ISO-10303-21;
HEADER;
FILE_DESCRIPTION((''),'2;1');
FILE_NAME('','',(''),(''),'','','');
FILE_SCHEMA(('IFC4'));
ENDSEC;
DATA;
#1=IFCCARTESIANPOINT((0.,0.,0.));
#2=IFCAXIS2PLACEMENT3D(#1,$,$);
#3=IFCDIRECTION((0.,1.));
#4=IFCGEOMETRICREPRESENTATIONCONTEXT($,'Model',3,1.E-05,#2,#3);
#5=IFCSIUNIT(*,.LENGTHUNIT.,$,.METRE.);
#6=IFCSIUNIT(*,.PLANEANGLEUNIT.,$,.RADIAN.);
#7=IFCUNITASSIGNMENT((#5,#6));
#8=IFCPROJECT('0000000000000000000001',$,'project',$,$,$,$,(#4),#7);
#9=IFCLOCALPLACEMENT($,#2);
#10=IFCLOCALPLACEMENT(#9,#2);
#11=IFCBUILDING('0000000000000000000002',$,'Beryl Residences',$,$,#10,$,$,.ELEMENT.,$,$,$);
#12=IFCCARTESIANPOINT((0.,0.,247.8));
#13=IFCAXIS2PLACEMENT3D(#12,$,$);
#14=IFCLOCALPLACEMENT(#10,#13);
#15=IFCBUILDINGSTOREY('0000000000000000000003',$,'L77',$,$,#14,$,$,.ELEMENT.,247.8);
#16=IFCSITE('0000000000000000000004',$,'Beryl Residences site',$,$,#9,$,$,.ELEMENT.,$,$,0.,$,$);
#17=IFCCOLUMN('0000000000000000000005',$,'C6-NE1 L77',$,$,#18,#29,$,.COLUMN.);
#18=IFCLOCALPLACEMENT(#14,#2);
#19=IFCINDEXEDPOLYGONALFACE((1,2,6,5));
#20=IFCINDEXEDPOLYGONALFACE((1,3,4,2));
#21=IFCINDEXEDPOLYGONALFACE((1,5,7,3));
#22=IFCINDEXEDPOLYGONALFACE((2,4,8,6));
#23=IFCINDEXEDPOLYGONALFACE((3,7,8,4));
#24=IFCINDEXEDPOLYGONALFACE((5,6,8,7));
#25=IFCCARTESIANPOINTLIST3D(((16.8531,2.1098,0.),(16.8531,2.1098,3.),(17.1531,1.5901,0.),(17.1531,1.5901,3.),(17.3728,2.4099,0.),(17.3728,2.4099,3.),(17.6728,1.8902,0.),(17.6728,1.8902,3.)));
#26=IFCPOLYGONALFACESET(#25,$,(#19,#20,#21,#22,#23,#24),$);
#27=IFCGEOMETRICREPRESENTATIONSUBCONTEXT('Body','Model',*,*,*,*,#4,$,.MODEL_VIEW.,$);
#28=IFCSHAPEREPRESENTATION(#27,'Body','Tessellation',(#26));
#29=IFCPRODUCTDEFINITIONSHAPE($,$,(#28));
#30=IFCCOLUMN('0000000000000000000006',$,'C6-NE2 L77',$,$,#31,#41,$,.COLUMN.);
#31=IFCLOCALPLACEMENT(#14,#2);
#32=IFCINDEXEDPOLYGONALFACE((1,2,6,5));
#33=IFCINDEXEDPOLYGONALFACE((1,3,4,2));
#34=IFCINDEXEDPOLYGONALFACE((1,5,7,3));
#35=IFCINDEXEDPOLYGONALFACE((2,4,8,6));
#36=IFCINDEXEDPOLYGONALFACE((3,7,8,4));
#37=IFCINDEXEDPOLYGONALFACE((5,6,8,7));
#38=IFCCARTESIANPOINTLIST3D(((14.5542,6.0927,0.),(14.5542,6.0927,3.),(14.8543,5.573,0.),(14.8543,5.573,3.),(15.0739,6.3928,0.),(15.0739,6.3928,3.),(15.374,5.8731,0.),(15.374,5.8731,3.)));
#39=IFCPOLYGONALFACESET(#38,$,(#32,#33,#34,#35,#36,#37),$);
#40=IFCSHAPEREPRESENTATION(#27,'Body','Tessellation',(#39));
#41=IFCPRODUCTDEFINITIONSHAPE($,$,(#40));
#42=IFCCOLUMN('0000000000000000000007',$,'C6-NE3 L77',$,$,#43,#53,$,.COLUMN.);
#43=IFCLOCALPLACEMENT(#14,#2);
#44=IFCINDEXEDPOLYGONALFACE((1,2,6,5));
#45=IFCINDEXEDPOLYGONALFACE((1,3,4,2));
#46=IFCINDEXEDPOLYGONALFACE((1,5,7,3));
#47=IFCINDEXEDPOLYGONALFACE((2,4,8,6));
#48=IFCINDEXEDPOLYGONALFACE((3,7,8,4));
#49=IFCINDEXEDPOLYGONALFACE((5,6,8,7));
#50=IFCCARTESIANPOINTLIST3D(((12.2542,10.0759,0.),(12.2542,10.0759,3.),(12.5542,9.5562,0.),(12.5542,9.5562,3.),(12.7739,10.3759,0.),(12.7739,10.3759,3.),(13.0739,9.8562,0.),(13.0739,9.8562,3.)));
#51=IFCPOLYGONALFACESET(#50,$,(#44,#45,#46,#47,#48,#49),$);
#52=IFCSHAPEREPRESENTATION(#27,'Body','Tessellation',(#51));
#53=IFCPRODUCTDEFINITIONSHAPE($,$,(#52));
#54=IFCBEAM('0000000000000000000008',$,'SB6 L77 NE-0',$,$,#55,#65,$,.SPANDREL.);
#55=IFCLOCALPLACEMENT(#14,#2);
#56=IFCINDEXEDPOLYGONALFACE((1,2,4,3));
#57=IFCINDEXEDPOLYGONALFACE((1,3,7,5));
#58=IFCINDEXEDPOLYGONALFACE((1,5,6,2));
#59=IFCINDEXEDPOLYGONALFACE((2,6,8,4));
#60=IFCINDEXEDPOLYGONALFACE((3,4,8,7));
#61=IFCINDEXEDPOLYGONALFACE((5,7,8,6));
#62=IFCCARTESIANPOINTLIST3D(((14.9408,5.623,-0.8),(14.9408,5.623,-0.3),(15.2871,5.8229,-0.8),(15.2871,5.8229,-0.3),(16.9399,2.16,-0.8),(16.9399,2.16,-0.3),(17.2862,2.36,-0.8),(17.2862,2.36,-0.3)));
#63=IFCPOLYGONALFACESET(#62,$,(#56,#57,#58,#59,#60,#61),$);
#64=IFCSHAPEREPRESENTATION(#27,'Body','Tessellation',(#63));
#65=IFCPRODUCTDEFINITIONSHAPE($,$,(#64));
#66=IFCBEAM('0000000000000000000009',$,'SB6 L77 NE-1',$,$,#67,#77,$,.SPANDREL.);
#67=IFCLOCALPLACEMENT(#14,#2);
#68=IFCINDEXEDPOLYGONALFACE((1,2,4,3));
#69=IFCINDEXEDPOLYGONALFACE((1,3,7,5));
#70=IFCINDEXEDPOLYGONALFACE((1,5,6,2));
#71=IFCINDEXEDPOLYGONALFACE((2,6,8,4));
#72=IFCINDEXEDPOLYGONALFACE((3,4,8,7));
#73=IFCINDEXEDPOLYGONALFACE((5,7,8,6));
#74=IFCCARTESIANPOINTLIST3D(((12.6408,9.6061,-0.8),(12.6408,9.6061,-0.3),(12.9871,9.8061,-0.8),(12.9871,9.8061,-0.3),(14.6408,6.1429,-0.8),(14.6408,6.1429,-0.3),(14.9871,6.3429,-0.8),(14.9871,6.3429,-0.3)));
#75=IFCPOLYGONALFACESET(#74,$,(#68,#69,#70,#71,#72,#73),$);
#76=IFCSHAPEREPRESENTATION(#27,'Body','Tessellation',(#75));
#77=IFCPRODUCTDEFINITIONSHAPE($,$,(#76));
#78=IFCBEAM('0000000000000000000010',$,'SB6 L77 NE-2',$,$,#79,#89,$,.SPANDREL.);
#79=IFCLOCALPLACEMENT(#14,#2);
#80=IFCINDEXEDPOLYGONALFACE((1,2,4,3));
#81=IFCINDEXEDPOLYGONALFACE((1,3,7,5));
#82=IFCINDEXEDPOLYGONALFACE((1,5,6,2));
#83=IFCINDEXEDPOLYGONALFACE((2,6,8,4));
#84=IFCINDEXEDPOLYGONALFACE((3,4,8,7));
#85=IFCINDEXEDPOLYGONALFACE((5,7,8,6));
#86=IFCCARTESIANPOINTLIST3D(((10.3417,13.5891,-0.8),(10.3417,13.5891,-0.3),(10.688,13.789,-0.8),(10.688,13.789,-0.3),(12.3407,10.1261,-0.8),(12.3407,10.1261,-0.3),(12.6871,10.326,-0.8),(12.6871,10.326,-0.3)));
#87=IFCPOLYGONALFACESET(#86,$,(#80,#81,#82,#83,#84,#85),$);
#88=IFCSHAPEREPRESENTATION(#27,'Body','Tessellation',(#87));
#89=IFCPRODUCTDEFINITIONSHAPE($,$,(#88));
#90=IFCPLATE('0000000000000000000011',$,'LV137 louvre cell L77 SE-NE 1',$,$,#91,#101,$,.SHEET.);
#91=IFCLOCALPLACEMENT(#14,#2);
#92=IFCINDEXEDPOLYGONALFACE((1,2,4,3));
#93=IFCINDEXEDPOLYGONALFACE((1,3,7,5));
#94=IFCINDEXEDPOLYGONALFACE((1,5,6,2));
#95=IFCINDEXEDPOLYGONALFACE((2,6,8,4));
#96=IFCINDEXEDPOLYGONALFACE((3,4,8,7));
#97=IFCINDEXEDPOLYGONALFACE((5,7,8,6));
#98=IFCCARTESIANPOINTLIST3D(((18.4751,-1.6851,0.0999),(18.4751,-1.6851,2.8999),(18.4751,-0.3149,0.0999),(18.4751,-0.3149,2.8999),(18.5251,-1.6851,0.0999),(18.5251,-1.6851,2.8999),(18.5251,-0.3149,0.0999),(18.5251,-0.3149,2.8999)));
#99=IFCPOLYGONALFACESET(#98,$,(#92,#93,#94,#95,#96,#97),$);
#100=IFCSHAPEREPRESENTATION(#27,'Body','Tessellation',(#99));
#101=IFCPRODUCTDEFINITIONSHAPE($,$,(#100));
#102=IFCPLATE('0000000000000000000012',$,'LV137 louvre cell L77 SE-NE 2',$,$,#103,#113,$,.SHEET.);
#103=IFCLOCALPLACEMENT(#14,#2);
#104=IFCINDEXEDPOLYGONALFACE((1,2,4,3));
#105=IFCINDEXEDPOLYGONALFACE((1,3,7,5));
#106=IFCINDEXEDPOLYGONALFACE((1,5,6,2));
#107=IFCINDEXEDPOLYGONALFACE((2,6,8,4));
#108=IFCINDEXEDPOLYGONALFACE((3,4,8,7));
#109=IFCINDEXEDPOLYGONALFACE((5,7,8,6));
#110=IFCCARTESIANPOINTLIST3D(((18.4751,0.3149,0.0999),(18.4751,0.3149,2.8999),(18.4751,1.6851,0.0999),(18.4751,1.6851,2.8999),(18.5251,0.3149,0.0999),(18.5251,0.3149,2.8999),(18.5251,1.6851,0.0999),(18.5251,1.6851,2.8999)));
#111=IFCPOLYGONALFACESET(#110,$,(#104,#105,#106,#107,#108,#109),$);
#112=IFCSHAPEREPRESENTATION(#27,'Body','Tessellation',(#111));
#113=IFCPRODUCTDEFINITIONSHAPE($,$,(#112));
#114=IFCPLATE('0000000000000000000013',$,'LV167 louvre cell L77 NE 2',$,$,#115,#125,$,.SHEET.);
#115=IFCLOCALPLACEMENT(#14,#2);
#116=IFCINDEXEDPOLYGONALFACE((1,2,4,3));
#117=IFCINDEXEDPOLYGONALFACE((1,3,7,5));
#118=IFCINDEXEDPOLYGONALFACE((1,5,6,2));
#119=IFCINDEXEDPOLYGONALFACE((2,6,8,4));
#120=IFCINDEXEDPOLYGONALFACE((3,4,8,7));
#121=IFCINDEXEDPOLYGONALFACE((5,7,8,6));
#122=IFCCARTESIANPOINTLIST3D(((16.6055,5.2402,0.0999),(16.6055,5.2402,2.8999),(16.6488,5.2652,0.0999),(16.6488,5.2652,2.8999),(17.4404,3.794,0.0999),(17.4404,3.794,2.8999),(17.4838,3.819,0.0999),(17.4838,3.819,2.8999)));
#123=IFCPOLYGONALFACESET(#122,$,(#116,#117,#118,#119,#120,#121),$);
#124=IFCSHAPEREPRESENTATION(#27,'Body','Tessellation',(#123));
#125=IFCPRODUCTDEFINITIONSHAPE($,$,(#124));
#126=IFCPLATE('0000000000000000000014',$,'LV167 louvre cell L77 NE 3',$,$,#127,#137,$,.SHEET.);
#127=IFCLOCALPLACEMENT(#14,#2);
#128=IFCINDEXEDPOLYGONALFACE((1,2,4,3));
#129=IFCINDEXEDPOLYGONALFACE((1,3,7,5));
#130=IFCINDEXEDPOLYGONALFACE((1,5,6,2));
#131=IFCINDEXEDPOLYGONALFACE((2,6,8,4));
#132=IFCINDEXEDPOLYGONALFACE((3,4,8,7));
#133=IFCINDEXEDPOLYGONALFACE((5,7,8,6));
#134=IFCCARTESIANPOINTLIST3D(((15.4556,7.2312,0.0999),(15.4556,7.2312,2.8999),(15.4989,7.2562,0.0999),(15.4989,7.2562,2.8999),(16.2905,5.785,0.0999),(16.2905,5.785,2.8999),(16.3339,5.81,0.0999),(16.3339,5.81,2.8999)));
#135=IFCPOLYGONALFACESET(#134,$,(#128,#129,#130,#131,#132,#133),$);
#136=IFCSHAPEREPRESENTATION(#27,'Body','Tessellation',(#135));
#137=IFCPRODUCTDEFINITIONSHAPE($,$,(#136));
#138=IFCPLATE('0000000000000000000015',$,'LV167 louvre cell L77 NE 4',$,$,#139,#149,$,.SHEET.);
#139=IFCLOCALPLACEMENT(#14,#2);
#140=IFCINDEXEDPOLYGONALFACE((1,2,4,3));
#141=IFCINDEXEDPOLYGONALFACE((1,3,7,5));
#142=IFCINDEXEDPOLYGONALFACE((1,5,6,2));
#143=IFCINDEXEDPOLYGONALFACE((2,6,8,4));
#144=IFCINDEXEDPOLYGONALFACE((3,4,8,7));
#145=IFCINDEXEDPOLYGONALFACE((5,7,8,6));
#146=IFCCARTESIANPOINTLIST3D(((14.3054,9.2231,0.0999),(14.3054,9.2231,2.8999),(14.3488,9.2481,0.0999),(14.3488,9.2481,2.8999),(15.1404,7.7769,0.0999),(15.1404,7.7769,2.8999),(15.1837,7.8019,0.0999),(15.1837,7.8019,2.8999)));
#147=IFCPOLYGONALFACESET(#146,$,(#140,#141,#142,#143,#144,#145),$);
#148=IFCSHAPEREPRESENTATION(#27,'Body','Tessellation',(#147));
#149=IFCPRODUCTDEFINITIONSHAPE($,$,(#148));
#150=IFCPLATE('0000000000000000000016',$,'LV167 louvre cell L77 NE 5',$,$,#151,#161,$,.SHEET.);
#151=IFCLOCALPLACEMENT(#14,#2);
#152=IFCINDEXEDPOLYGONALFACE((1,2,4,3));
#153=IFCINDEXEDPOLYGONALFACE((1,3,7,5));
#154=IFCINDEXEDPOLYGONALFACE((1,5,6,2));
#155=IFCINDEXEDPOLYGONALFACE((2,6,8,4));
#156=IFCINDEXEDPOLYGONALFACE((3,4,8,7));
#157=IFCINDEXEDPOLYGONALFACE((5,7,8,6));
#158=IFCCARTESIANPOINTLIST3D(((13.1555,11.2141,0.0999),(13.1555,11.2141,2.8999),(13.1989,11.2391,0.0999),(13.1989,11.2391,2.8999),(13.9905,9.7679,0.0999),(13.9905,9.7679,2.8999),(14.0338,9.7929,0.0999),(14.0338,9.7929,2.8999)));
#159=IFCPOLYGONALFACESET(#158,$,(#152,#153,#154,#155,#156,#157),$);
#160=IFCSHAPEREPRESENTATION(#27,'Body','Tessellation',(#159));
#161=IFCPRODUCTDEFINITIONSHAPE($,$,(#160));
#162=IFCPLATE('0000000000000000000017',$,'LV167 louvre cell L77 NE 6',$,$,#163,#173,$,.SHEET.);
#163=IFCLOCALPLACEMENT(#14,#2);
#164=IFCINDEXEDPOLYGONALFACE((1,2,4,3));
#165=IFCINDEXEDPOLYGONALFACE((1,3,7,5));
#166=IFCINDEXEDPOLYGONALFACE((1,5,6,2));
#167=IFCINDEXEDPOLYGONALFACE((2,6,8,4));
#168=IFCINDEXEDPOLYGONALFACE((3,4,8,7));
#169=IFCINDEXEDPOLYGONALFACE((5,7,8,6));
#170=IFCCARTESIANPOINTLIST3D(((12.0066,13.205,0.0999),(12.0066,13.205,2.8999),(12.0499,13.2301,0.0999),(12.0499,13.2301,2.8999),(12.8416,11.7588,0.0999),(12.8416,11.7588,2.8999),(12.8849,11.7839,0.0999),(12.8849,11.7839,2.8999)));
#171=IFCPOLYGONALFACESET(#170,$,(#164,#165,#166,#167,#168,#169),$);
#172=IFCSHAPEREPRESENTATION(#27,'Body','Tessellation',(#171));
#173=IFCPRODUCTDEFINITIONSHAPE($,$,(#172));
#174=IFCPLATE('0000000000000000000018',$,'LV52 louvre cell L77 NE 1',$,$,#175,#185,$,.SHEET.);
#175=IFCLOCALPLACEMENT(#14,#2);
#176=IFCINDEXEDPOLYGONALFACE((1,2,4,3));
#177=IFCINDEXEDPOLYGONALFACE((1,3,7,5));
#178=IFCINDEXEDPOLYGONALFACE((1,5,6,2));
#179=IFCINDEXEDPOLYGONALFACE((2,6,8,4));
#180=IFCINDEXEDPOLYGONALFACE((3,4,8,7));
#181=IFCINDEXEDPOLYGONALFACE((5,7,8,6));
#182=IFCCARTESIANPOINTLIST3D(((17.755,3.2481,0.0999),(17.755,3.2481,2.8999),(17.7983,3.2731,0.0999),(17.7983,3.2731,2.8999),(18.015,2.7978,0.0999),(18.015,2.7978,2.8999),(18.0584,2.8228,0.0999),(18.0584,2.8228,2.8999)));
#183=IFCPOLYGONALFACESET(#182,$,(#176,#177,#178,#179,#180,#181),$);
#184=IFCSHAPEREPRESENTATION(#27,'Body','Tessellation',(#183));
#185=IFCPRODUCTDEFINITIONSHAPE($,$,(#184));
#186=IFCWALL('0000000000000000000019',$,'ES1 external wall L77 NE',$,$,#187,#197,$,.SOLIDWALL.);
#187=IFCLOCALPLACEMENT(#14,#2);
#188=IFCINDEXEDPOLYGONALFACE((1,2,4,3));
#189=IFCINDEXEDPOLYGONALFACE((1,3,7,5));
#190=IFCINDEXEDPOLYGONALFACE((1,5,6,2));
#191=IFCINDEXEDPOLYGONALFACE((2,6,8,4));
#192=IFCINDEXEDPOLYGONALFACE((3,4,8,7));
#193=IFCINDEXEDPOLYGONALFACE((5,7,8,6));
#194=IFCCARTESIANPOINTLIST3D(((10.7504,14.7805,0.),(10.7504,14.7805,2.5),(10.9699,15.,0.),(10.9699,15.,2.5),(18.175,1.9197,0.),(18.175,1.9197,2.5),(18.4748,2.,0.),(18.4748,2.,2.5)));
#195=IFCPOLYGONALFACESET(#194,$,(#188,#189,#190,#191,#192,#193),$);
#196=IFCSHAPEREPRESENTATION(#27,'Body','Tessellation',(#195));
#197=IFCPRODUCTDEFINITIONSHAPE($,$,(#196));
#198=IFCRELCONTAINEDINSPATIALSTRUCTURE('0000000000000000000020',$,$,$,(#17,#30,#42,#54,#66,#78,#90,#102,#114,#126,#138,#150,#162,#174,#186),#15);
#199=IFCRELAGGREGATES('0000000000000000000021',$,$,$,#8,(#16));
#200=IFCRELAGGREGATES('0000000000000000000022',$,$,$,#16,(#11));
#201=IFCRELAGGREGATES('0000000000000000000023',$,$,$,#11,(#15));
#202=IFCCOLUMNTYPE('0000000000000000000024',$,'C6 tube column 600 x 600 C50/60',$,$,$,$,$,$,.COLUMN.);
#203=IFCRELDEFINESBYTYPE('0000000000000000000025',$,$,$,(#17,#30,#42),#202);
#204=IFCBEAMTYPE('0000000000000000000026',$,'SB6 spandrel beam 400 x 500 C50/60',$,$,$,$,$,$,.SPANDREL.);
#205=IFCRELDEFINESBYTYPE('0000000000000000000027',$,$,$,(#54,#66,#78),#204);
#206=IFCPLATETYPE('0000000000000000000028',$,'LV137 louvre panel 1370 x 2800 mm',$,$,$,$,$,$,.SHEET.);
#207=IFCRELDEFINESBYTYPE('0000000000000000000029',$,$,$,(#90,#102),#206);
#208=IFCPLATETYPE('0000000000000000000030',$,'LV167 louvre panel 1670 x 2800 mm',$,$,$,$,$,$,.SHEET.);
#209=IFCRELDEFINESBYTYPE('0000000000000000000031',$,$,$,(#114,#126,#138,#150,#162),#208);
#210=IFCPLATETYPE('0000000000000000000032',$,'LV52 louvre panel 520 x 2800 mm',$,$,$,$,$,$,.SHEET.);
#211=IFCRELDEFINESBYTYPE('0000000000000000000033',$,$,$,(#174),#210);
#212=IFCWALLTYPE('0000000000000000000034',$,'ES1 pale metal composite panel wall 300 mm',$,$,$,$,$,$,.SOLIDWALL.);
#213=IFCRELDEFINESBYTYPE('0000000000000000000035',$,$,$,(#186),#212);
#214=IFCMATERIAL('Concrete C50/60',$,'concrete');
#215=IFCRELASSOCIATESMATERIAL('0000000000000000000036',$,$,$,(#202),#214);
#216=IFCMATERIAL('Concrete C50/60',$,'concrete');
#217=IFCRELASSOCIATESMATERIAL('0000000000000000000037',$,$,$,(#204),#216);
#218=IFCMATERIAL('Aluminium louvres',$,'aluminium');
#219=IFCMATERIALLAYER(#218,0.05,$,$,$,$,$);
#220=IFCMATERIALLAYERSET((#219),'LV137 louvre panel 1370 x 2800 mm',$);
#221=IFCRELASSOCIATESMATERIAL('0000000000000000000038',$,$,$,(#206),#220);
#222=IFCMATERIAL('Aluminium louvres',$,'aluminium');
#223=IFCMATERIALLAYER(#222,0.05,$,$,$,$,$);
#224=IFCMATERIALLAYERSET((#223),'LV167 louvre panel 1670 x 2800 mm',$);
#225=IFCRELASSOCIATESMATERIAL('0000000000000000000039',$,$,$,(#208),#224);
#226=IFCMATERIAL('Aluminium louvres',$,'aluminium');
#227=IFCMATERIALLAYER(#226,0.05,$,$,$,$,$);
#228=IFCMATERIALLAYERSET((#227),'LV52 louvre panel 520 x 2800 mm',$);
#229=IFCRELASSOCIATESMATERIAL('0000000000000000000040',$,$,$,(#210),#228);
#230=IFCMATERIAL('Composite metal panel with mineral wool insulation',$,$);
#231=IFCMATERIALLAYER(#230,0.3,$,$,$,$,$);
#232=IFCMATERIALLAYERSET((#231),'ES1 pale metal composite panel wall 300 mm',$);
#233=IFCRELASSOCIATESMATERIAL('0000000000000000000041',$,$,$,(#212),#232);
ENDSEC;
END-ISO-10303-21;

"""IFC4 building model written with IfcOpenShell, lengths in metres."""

from ifc_helpers import new_model, si_unit, direction, frame, origin, origin_2d, place, context, subcontext, project, spatial, polyline, rectangle, outline, extrude, source, transform, mapped, material, layer, layer_set, material_profile, profile_set, type_object, type_shapes, element, save


model = new_model("IFC4")

# Units and contexts
model_context = context("Model", 3, precision=1e-05, world=origin(), true_north=direction((0.0, 1.0)))
body_context = subcontext(model_context, "Body", "Model", "MODEL_VIEW")
ifc_project = project(units=[si_unit("LENGTHUNIT", "METRE"), si_unit("PLANEANGLEUNIT", "RADIAN")], contexts=[model_context])

# Site, building, storey
site_placement = place(None, origin())
site = spatial("IfcSite", under=ifc_project, at=site_placement, Name="Beryl Residences site", CompositionType="ELEMENT", RefElevation=0.0)
building_placement = place(site_placement, origin())
building = spatial("IfcBuilding", under=site, at=building_placement, Name="Beryl Residences", CompositionType="ELEMENT")
storey_placement = place(building_placement, frame((0.0, 0.0, 247.8)))
storey = spatial("IfcBuildingStorey", under=building, at=storey_placement, Name="L77", CompositionType="ELEMENT", Elevation=247.8)

# Columns
ifc_material_1 = material(Name="Concrete C50/60", Category="concrete")
ifc_material_profile_1 = material_profile(ifc_material_1, rectangle(XDim=0.6001, YDim=0.6001, at=origin_2d()))
ifc_profile_set_1 = profile_set([ifc_material_profile_1], Name="Concrete C50/60")
column_type = type_object("IfcColumnType", Name="C6 tube column 600 x 600 C50/60", PredefinedType="COLUMN", material=ifc_profile_set_1)
for number, where, z_axis, x_axis, name in (
    (1, (17.2629, 2.0, 0.0), (0.0, 0.0, 1.0), (-0.5, 0.866025, 0.0), "C6-NE1 L77"),
    (2, (14.9641, 5.9829, 0.0), (0.0, 0.0, 1.0), (-0.5, 0.866025, 0.0), "C6-NE2 L77"),
    (3, (12.6641, 9.9661, 0.0), (0.0, 0.0, 1.0), (-0.5, 0.866025, 0.0), "C6-NE3 L77"),
):
    element("IfcColumn", number, at=place(storey_placement, frame(where, z_axis=z_axis, x_axis=x_axis)), inside=storey, type_object=column_type, Name=name, PredefinedType="COLUMN", context=body_context, shape_type="SweptSolid", body=[
        extrude(rectangle(XDim=0.6001, YDim=0.6001, at=origin_2d()), origin(), (0.0, 0.0, 1.0), 3.0),
    ])

# Beams
ifc_material_2 = material(Name="Concrete C50/60", Category="concrete")
ifc_material_profile_2 = material_profile(ifc_material_2, rectangle(XDim=0.3999, YDim=0.5, at=origin_2d()))
ifc_profile_set_2 = profile_set([ifc_material_profile_2], Name="Concrete C50/60")
beam_type = type_object("IfcBeamType", Name="SB6 spandrel beam 400 x 500 C50/60", PredefinedType="SPANDREL", material=ifc_profile_set_2)
beam_1_placement = place(storey_placement, frame((17.113, 2.26, -0.55), z_axis=(-0.499948, 0.866055, 0.0), x_axis=(-0.866055, -0.499948, 0.0)))
element("IfcBeam", 4, at=beam_1_placement, inside=storey, type_object=beam_type, Name="SB6 L77 NE-0", PredefinedType="SPANDREL", context=body_context, shape_type="SweptSolid", body=[
    extrude(rectangle(XDim=0.3999, YDim=0.5, at=origin_2d()), origin(), (0.0, 0.0, 1.0), 3.9985),
])
beam_2_placement = place(storey_placement, frame((14.814, 6.2429, -0.55), z_axis=(-0.500105, 0.865965, 0.0), x_axis=(-0.865965, -0.500105, 0.0)))
element("IfcBeam", 5, at=beam_2_placement, inside=storey, type_object=beam_type, Name="SB6 L77 NE-1", PredefinedType="SPANDREL", context=body_context, shape_type="SweptSolid", body=[
    extrude(rectangle(XDim=0.3999, YDim=0.5, at=origin_2d()), origin(), (0.0, 0.0, 1.0), 3.9993),
])
beam_3_placement = place(storey_placement, frame((12.5139, 10.2261, -0.55), z_axis=(-0.499948, 0.866055, 0.0), x_axis=(-0.866055, -0.499948, 0.0)))
element("IfcBeam", 6, at=beam_3_placement, inside=storey, type_object=beam_type, Name="SB6 L77 NE-2", PredefinedType="SPANDREL", context=body_context, shape_type="SweptSolid", body=[
    extrude(rectangle(XDim=0.3999, YDim=0.5, at=origin_2d()), origin(), (0.0, 0.0, 1.0), 3.9985),
])

# Plates
ifc_material_3 = material(Name="Aluminium louvres", Category="aluminium")
ifc_layer_1 = layer(ifc_material_3, 0.05)
ifc_layer_set_1 = layer_set([ifc_layer_1], Name="LV137 louvre panel 1370 x 2800 mm")
plate_type_1 = type_object("IfcPlateType", Name="LV137 louvre panel 1370 x 2800 mm", PredefinedType="SHEET", material=ifc_layer_set_1)
shared_shape_1 = source(origin(), body_context, "Body", "SweptSolid", [
    extrude(outline(polyline([(-0.6851, 0.0), (0.6851, 0.0), (0.6851, 0.05), (-0.6851, 0.05), (-0.6851, 0.0)])), origin(), (0.0, 0.0, 1.0), 2.8),
])
type_shapes(plate_type_1, [shared_shape_1])
for number, where, z_axis, x_axis, name in (
    (7, (18.4751, -1.0, 0.0999), (0.0, 0.0, 1.0), (0.0, -1.0, 0.0), "LV137 louvre cell L77 SE-NE 1"),
    (8, (18.4751, 1.0, 0.0999), (0.0, 0.0, 1.0), (0.0, -1.0, 0.0), "LV137 louvre cell L77 SE-NE 2"),
):
    element("IfcPlate", number, at=place(storey_placement, frame(where, z_axis=z_axis, x_axis=x_axis)), inside=storey, type_object=plate_type_1, Name=name, PredefinedType="SHEET", context=body_context, shape_type="MappedRepresentation", body=[
        mapped(shared_shape_1, transform((0.0, 0.0, 0.0))),
    ])
ifc_material_4 = material(Name="Aluminium louvres", Category="aluminium")
ifc_layer_2 = layer(ifc_material_4, 0.05)
ifc_layer_set_2 = layer_set([ifc_layer_2], Name="LV167 louvre panel 1670 x 2800 mm")
plate_type_2 = type_object("IfcPlateType", Name="LV167 louvre panel 1670 x 2800 mm", PredefinedType="SHEET", material=ifc_layer_set_2)
shared_shape_2 = source(origin(), body_context, "Body", "SweptSolid", [
    extrude(outline(polyline([(-0.835, 0.0), (0.835, 0.0), (0.835, 0.05), (-0.835, 0.05), (-0.835, 0.0)])), origin(), (0.0, 0.0, 1.0), 2.8),
])
type_shapes(plate_type_2, [shared_shape_2])
for number, where, z_axis, x_axis, name in (
    (9, (17.0229, 4.5171, 0.0999), (0.0, 0.0, 1.0), (0.5, -0.866025, 0.0), "LV167 louvre cell L77 NE 2"),
    (10, (15.873, 6.5081, 0.0999), (0.0, 0.0, 1.0), (0.5, -0.866025, 0.0), "LV167 louvre cell L77 NE 3"),
    (11, (14.7229, 8.5, 0.0999), (0.0, 0.0, 1.0), (0.5, -0.866025, 0.0), "LV167 louvre cell L77 NE 4"),
    (12, (13.573, 10.491, 0.0999), (0.0, 0.0, 1.0), (0.5, -0.866025, 0.0), "LV167 louvre cell L77 NE 5"),
    (13, (12.4241, 12.4819, 0.0999), (0.0, 0.0, 1.0), (0.5, -0.866025, 0.0), "LV167 louvre cell L77 NE 6"),
):
    element("IfcPlate", number, at=place(storey_placement, frame(where, z_axis=z_axis, x_axis=x_axis)), inside=storey, type_object=plate_type_2, Name=name, PredefinedType="SHEET", context=body_context, shape_type="MappedRepresentation", body=[
        mapped(shared_shape_2, transform((0.0, 0.0, 0.0))),
    ])
ifc_material_5 = material(Name="Aluminium louvres", Category="aluminium")
ifc_layer_3 = layer(ifc_material_5, 0.05)
ifc_layer_set_3 = layer_set([ifc_layer_3], Name="LV52 louvre panel 520 x 2800 mm")
plate_type_3 = type_object("IfcPlateType", Name="LV52 louvre panel 520 x 2800 mm", PredefinedType="SHEET", material=ifc_layer_set_3)
shared_shape_3 = source(origin(), body_context, "Body", "SweptSolid", [
    extrude(outline(polyline([(-0.26, 0.0), (0.26, 0.0), (0.26, 0.05), (-0.26, 0.05), (-0.26, 0.0)])), origin(), (0.0, 0.0, 1.0), 2.8),
])
type_shapes(plate_type_3, [shared_shape_3])
plate_placement = place(storey_placement, frame((17.885, 3.0229, 0.0999), z_axis=(0.0, 0.0, 1.0), x_axis=(0.5, -0.866025, 0.0)))
element("IfcPlate", 14, at=plate_placement, inside=storey, type_object=plate_type_3, Name="LV52 louvre cell L77 NE 1", PredefinedType="SHEET", context=body_context, shape_type="MappedRepresentation", body=[
    mapped(shared_shape_3, transform((0.0, 0.0, 0.0))),
])

# Wall
ifc_material_6 = material(Name="Composite metal panel with mineral wool insulation")
ifc_layer_4 = layer(ifc_material_6, 0.3)
ifc_layer_set_4 = layer_set([ifc_layer_4], Name="ES1 pale metal composite panel wall 300 mm")
wall_type = type_object("IfcWallType", Name="ES1 pale metal composite panel wall 300 mm", PredefinedType="SOLIDWALL", material=ifc_layer_set_4)
wall_placement = place(storey_placement, frame((18.345, 1.925, 0.0), z_axis=(0.0, 0.0, 1.0), x_axis=(-0.499966, 0.866045, 0.0)))
element("IfcWall", 15, at=wall_placement, inside=storey, type_object=wall_type, Name="ES1 external wall L77 NE", PredefinedType="SOLIDWALL", context=body_context, shape_type="SweptSolid", body=[
    extrude(outline(polyline([(0.0, -0.1499), (15.0107, -0.1499), (14.9304, 0.1499), (0.0803, 0.1499), (0.0, -0.1499)])), origin(), (0.0, 0.0, 1.0), 2.5),
])

save(model, "model.ifc")
